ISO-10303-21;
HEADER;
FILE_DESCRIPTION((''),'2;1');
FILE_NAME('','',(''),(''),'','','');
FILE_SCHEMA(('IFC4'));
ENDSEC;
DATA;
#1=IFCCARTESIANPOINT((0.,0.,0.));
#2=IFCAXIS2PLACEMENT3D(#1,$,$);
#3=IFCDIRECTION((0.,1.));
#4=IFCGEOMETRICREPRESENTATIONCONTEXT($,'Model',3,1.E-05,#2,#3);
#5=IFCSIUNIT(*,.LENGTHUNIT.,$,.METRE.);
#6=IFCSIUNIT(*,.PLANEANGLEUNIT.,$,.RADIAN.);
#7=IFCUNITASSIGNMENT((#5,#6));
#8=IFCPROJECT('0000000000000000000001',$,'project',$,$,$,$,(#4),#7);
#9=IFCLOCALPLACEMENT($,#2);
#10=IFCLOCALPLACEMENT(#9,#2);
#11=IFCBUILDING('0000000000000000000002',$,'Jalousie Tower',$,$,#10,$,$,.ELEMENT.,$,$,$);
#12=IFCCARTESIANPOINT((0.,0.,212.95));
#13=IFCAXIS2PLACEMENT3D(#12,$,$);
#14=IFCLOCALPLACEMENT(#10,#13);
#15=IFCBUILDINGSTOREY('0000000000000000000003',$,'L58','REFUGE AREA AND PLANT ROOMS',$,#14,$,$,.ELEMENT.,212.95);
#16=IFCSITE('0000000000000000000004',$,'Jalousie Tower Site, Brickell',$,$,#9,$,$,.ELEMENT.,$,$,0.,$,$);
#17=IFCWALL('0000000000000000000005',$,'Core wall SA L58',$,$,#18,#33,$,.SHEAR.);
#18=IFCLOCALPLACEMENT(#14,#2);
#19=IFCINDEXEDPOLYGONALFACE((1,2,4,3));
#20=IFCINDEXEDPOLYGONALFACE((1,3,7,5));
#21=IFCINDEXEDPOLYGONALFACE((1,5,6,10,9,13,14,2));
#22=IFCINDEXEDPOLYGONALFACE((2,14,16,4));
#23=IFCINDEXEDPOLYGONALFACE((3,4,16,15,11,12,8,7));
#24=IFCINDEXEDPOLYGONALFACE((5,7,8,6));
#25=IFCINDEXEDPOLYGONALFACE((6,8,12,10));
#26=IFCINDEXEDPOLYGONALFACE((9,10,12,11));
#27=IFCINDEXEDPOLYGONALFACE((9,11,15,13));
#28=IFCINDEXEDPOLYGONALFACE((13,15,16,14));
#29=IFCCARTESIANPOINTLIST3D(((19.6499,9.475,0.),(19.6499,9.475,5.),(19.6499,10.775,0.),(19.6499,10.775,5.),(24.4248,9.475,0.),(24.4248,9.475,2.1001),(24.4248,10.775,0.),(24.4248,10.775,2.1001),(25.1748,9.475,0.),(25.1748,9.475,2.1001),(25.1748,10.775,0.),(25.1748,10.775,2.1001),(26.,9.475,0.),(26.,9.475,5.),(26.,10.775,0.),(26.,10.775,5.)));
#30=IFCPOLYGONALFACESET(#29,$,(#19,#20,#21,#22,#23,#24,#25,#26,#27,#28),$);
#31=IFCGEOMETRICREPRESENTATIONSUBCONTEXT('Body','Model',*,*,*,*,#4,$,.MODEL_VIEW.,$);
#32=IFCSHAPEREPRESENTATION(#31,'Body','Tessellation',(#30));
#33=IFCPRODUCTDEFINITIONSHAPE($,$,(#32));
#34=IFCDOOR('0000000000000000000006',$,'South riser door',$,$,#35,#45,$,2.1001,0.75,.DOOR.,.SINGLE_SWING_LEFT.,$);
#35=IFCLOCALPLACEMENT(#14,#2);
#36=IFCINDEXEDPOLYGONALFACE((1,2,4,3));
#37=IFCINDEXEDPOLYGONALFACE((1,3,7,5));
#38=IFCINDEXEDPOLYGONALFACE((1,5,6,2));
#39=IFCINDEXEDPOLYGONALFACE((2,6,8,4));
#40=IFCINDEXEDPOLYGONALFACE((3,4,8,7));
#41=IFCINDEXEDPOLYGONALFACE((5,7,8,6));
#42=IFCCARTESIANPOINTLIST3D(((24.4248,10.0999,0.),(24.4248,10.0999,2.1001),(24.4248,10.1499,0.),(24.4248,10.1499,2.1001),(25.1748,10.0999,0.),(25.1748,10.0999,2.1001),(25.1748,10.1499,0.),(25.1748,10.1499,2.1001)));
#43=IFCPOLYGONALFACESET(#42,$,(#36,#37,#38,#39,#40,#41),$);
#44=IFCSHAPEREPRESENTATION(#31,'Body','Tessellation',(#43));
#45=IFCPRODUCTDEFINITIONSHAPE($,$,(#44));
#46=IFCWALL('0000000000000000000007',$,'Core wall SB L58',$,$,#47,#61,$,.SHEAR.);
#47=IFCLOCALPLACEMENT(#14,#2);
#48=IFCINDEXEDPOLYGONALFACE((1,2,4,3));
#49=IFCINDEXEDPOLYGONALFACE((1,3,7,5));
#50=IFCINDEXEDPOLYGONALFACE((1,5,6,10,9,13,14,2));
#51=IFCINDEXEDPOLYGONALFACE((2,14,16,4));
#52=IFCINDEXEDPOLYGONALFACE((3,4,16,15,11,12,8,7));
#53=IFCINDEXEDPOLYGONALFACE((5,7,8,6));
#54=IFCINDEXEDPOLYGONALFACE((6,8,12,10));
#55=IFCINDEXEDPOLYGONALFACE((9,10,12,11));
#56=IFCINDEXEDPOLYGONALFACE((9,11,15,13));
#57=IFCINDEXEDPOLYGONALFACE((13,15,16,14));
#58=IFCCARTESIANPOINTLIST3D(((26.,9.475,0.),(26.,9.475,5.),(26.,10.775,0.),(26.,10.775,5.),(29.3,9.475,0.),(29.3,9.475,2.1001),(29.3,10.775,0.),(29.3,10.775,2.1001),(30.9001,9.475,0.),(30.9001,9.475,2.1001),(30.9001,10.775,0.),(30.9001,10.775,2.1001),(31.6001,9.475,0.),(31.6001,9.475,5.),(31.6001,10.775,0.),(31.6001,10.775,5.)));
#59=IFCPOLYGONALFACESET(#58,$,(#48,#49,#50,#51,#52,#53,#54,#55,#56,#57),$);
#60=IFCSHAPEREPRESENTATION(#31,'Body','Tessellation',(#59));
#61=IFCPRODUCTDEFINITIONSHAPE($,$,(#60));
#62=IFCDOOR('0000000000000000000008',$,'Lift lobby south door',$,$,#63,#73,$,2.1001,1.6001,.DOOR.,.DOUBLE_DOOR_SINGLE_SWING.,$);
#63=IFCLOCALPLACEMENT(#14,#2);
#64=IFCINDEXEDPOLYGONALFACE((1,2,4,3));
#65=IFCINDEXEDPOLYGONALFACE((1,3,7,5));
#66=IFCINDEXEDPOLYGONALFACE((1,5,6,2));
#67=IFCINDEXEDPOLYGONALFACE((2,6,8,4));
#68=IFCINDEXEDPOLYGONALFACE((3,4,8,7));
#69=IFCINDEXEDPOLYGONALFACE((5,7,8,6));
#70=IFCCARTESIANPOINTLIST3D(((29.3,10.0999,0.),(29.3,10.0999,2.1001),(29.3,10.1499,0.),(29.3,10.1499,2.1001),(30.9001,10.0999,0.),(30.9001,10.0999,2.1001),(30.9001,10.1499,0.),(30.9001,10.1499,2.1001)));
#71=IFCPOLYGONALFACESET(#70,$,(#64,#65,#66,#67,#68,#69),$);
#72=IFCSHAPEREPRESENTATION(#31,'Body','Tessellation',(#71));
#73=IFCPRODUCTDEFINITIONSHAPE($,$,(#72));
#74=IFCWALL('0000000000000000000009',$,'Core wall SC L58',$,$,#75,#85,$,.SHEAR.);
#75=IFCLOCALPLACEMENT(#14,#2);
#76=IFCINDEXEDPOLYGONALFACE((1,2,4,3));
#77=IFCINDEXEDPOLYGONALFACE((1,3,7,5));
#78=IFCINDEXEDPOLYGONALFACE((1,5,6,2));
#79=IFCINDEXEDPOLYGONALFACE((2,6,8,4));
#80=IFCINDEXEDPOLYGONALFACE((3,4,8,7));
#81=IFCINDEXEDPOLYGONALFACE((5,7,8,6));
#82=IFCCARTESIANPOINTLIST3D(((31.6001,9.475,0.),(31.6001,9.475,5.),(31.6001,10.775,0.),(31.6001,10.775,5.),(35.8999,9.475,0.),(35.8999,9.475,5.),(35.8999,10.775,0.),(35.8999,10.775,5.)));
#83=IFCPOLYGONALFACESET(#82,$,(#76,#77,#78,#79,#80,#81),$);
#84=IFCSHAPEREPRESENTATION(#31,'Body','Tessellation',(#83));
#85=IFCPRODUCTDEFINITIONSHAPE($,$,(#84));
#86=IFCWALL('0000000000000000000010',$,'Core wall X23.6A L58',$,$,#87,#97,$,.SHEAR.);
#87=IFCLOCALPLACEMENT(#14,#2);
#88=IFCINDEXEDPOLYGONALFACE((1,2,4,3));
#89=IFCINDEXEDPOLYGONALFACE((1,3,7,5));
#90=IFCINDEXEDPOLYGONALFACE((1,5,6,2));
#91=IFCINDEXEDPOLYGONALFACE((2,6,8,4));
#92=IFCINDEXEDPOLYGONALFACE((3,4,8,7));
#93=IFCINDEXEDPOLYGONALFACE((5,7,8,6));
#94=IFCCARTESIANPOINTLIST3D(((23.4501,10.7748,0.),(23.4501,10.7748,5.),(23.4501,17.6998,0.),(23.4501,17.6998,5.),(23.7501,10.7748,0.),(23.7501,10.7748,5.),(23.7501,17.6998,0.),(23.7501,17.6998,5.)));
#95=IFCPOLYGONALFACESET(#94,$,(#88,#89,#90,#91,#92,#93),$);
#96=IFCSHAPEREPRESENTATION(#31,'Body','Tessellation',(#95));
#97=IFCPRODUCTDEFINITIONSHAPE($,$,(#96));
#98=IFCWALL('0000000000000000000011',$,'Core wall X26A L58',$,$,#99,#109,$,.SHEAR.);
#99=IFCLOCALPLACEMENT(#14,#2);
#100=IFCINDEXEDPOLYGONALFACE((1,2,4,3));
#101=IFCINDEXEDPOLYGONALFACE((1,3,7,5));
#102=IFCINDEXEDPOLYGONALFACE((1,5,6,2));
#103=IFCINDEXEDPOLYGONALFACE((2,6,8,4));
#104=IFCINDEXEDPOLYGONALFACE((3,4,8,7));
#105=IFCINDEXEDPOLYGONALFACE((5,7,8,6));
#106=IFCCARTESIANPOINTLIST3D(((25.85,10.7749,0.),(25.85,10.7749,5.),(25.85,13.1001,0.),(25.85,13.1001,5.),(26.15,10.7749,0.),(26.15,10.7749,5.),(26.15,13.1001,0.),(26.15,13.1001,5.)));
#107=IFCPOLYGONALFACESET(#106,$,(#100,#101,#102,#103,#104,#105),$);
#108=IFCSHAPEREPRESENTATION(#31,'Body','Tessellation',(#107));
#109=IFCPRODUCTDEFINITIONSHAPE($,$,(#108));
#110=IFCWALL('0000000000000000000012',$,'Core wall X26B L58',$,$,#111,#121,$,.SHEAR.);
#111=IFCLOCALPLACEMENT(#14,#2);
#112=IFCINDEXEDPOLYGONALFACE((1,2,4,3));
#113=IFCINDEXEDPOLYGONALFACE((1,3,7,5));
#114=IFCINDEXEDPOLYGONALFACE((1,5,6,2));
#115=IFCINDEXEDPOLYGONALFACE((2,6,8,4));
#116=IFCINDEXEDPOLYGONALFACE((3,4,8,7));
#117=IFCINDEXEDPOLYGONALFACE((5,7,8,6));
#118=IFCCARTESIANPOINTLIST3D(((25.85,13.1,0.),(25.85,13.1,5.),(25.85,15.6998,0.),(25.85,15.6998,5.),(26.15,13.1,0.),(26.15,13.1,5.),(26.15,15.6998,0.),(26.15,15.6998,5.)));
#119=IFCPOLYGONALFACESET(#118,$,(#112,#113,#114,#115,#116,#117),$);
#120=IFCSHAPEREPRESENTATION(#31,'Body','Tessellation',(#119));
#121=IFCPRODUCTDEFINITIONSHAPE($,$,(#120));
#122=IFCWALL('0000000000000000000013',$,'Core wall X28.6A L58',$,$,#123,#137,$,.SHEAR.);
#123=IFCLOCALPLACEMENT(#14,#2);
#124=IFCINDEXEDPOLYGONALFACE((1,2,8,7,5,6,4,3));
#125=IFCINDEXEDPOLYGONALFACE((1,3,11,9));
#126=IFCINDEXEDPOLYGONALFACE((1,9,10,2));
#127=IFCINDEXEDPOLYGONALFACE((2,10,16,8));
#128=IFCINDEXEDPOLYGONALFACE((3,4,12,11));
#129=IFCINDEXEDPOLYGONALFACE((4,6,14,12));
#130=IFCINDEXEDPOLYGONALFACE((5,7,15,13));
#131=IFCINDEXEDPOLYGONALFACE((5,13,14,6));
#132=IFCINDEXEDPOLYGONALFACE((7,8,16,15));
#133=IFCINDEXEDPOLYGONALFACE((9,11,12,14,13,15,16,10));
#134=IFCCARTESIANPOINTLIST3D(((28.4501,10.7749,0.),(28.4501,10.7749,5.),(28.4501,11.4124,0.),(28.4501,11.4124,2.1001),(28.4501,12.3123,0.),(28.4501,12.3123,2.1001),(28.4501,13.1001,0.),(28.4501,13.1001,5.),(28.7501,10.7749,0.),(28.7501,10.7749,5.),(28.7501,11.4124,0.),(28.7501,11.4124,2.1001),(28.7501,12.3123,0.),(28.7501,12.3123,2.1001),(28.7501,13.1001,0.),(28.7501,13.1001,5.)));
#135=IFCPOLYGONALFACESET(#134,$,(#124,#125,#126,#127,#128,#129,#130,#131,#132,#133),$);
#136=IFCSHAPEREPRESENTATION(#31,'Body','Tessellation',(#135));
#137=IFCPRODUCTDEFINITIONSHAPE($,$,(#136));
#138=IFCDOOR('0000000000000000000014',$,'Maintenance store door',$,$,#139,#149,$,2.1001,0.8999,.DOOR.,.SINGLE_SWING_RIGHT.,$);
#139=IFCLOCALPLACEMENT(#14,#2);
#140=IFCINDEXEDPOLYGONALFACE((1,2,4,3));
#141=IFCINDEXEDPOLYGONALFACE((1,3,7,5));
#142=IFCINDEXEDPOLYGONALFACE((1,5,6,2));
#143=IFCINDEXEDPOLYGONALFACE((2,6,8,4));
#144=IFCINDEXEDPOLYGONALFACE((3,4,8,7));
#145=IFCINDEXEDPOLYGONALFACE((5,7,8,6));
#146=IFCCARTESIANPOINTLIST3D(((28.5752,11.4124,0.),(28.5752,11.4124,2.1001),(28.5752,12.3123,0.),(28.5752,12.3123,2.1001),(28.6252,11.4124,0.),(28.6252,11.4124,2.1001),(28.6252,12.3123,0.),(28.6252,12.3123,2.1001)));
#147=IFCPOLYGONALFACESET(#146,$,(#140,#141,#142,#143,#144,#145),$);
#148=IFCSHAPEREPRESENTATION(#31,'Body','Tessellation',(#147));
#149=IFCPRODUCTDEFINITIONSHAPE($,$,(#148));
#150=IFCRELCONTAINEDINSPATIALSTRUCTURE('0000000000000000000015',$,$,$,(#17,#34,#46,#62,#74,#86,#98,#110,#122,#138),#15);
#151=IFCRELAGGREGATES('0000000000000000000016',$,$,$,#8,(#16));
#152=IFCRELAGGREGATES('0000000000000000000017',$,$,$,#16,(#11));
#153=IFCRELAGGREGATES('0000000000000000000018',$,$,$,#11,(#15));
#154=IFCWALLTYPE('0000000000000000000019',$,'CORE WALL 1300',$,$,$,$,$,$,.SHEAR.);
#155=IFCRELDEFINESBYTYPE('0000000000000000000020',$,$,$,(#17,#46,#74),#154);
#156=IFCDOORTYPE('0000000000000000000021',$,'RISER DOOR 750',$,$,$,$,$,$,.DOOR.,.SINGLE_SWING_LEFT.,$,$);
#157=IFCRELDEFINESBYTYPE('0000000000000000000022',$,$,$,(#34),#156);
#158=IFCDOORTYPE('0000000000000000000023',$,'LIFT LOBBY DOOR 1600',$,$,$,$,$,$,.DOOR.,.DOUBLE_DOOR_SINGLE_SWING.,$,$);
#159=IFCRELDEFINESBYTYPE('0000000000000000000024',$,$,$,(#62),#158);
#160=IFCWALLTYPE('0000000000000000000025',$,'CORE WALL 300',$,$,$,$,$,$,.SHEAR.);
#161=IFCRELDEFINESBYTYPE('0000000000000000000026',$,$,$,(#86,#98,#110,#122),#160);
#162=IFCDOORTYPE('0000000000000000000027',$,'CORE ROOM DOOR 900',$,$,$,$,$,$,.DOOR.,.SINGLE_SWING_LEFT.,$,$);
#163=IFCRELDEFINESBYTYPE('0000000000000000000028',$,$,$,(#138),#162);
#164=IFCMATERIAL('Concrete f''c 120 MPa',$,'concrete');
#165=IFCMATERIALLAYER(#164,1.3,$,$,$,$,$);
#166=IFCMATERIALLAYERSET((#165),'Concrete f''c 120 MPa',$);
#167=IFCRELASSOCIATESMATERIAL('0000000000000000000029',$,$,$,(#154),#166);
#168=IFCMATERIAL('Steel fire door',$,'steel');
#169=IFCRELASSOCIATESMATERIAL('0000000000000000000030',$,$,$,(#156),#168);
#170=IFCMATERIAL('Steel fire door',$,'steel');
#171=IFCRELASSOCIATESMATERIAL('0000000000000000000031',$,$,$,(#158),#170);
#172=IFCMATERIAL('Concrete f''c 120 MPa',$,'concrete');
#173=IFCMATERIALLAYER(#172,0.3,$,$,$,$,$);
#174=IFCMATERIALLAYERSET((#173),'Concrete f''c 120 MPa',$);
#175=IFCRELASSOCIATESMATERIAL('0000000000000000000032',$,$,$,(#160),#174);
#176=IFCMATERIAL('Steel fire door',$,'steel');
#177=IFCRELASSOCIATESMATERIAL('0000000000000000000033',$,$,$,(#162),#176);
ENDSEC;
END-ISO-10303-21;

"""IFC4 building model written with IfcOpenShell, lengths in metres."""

from ifc_helpers import new_model, si_unit, direction, frame, frame_2d, origin, place, context, subcontext, project, spatial, rectangle, extrude, material, layer, layer_set, type_object, element, fill, save


model = new_model("IFC4")

# Units and contexts
model_context = context("Model", 3, precision=1e-05, world=origin(), true_north=direction((0.0, 1.0)))
body_context = subcontext(model_context, "Body", "Model", "MODEL_VIEW")
ifc_project = project(units=[si_unit("LENGTHUNIT", "METRE"), si_unit("PLANEANGLEUNIT", "RADIAN")], contexts=[model_context])

# Site, building, storey
site_placement = place(None, origin())
site = spatial("IfcSite", under=ifc_project, at=site_placement, Name="Jalousie Tower Site, Brickell", CompositionType="ELEMENT", RefElevation=0.0)
building_placement = place(site_placement, origin())
building = spatial("IfcBuilding", under=site, at=building_placement, Name="Jalousie Tower", CompositionType="ELEMENT")
storey_placement = place(building_placement, frame((0.0, 0.0, 212.95)))
storey = spatial("IfcBuildingStorey", under=building, at=storey_placement, Name="L58", Description="REFUGE AREA AND PLANT ROOMS", CompositionType="ELEMENT", Elevation=212.95)

# Walls, openings, doors
ifc_material_1 = material(Name="Concrete f'c 120 MPa", Category="concrete")
ifc_layer_1 = layer(ifc_material_1, 1.3)
ifc_layer_set_1 = layer_set([ifc_layer_1], Name="Concrete f'c 120 MPa")
wall_type_1 = type_object("IfcWallType", Name="CORE WALL 1300", PredefinedType="SHEAR", material=ifc_layer_set_1)
wall_1_placement = place(storey_placement, frame((19.6499, 10.125, 0.0), z_axis=(0.0, 0.0, 1.0), x_axis=(1.0, 0.0, 0.0)))
wall_1 = element("IfcWall", 1, at=wall_1_placement, inside=storey, type_object=wall_type_1, Name="Core wall SA L58", PredefinedType="SHEAR", context=body_context, shape_type="SweptSolid", body=[
    extrude(rectangle(XDim=6.3501, YDim=1.3, at=frame_2d((3.175, 0.0))), origin(), (0.0, 0.0, 1.0), 5.0),
])
opening_1_placement = place(wall_1_placement, frame((4.7749, 0.0, 0.0)))
opening_1 = element("IfcOpeningElement", 2, at=opening_1_placement, cuts=wall_1, PredefinedType="OPENING", context=body_context, shape_type="SweptSolid", body=[
    extrude(rectangle(XDim=0.75, YDim=2.1001, at=frame_2d((0.375, 1.05))), frame((0.0, 0.6599, 0.0), z_axis=(0.0, -1.0, 0.0), x_axis=(1.0, 0.0, 0.0)), (0.0, 0.0, 1.0), 1.3201),
])
ifc_material_2 = material(Name="Steel fire door", Category="steel")
door_type_1 = type_object("IfcDoorType", Name="RISER DOOR 750", OperationType="SINGLE_SWING_LEFT", PredefinedType="DOOR", material=ifc_material_2)
door_1_placement = place(opening_1_placement, origin())
door_1 = element("IfcDoor", 3, at=door_1_placement, inside=storey, type_object=door_type_1, Name="South riser door", OperationType="SINGLE_SWING_LEFT", OverallHeight=2.1001, OverallWidth=0.75, PredefinedType="DOOR", context=body_context, shape_type="SweptSolid", body=[
    extrude(rectangle(XDim=0.75, YDim=2.1001, at=frame_2d((0.375, 1.05))), frame((0.0, 0.0249, 0.0), z_axis=(0.0, -1.0, 0.0), x_axis=(1.0, 0.0, 0.0)), (0.0, 0.0, 1.0), 0.05),
])
fill(opening_1, door_1)
wall_2_placement = place(storey_placement, frame((26.0, 10.125, 0.0), z_axis=(0.0, 0.0, 1.0), x_axis=(1.0, 0.0, 0.0)))
wall_2 = element("IfcWall", 4, at=wall_2_placement, inside=storey, type_object=wall_type_1, Name="Core wall SB L58", PredefinedType="SHEAR", context=body_context, shape_type="SweptSolid", body=[
    extrude(rectangle(XDim=5.6001, YDim=1.3, at=frame_2d((2.8, 0.0))), origin(), (0.0, 0.0, 1.0), 5.0),
])
opening_2_placement = place(wall_2_placement, frame((3.3, 0.0, 0.0)))
opening_2 = element("IfcOpeningElement", 5, at=opening_2_placement, cuts=wall_2, PredefinedType="OPENING", context=body_context, shape_type="SweptSolid", body=[
    extrude(rectangle(XDim=1.6001, YDim=2.1001, at=frame_2d((0.8, 1.05))), frame((0.0, 0.6599, 0.0), z_axis=(0.0, -1.0, 0.0), x_axis=(1.0, 0.0, 0.0)), (0.0, 0.0, 1.0), 1.3201),
])
ifc_material_3 = material(Name="Steel fire door", Category="steel")
door_type_2 = type_object("IfcDoorType", Name="LIFT LOBBY DOOR 1600", OperationType="DOUBLE_DOOR_SINGLE_SWING", PredefinedType="DOOR", material=ifc_material_3)
door_2_placement = place(opening_2_placement, origin())
door_2 = element("IfcDoor", 6, at=door_2_placement, inside=storey, type_object=door_type_2, Name="Lift lobby south door", OperationType="DOUBLE_DOOR_SINGLE_SWING", OverallHeight=2.1001, OverallWidth=1.6001, PredefinedType="DOOR", context=body_context, shape_type="SweptSolid", body=[
    extrude(rectangle(XDim=1.6001, YDim=2.1001, at=frame_2d((0.8, 1.05))), frame((0.0, 0.0249, 0.0), z_axis=(0.0, -1.0, 0.0), x_axis=(1.0, 0.0, 0.0)), (0.0, 0.0, 1.0), 0.05),
])
fill(opening_2, door_2)

# Walls
wall_3_placement = place(storey_placement, frame((31.6001, 10.125, 0.0), z_axis=(0.0, 0.0, 1.0), x_axis=(1.0, 0.0, 0.0)))
element("IfcWall", 7, at=wall_3_placement, inside=storey, type_object=wall_type_1, Name="Core wall SC L58", PredefinedType="SHEAR", context=body_context, shape_type="SweptSolid", body=[
    extrude(rectangle(XDim=4.2998, YDim=1.3, at=frame_2d((2.1499, 0.0))), origin(), (0.0, 0.0, 1.0), 5.0),
])
ifc_material_4 = material(Name="Concrete f'c 120 MPa", Category="concrete")
ifc_layer_2 = layer(ifc_material_4, 0.3)
ifc_layer_set_2 = layer_set([ifc_layer_2], Name="Concrete f'c 120 MPa")
wall_type_2 = type_object("IfcWallType", Name="CORE WALL 300", PredefinedType="SHEAR", material=ifc_layer_set_2)
wall_4_placement = place(storey_placement, frame((23.6001, 10.7749, 0.0), z_axis=(0.0, 0.0, 1.0), x_axis=(0.0, 1.0, 0.0)))
element("IfcWall", 8, at=wall_4_placement, inside=storey, type_object=wall_type_2, Name="Core wall X23.6A L58", PredefinedType="SHEAR", context=body_context, shape_type="SweptSolid", body=[
    extrude(rectangle(XDim=6.925, YDim=0.3, at=frame_2d((3.4624, 0.0))), origin(), (0.0, 0.0, 1.0), 5.0),
])
wall_5_placement = place(storey_placement, frame((26.0, 10.7749, 0.0), z_axis=(0.0, 0.0, 1.0), x_axis=(0.0, 1.0, 0.0)))
element("IfcWall", 9, at=wall_5_placement, inside=storey, type_object=wall_type_2, Name="Core wall X26A L58", PredefinedType="SHEAR", context=body_context, shape_type="SweptSolid", body=[
    extrude(rectangle(XDim=2.3252, YDim=0.3, at=frame_2d((1.1626, 0.0))), origin(), (0.0, 0.0, 1.0), 5.0),
])
wall_6_placement = place(storey_placement, frame((26.0, 13.1001, 0.0), z_axis=(0.0, 0.0, 1.0), x_axis=(0.0, 1.0, 0.0)))
element("IfcWall", 10, at=wall_6_placement, inside=storey, type_object=wall_type_2, Name="Core wall X26B L58", PredefinedType="SHEAR", context=body_context, shape_type="SweptSolid", body=[
    extrude(rectangle(XDim=2.5999, YDim=0.3, at=frame_2d((1.2998, 0.0))), origin(), (0.0, 0.0, 1.0), 5.0),
])

# Wall, opening, door
wall_7_placement = place(storey_placement, frame((28.6001, 10.7749, 0.0), z_axis=(0.0, 0.0, 1.0), x_axis=(0.0, 1.0, 0.0)))
wall_7 = element("IfcWall", 11, at=wall_7_placement, inside=storey, type_object=wall_type_2, Name="Core wall X28.6A L58", PredefinedType="SHEAR", context=body_context, shape_type="SweptSolid", body=[
    extrude(rectangle(XDim=2.3252, YDim=0.3, at=frame_2d((1.1626, 0.0))), origin(), (0.0, 0.0, 1.0), 5.0),
])
opening_3_placement = place(wall_7_placement, frame((0.6375, 0.0, 0.0)))
opening_3 = element("IfcOpeningElement", 12, at=opening_3_placement, cuts=wall_7, PredefinedType="OPENING", context=body_context, shape_type="SweptSolid", body=[
    extrude(rectangle(XDim=0.8999, YDim=2.1001, at=frame_2d((0.45, 1.05))), frame((0.0, 0.1599, 0.0), z_axis=(0.0, -1.0, 0.0), x_axis=(1.0, 0.0, 0.0)), (0.0, 0.0, 1.0), 0.3201),
])
ifc_material_5 = material(Name="Steel fire door", Category="steel")
door_type_3 = type_object("IfcDoorType", Name="CORE ROOM DOOR 900", OperationType="SINGLE_SWING_LEFT", PredefinedType="DOOR", material=ifc_material_5)
door_3_placement = place(opening_3_placement, origin())
door_3 = element("IfcDoor", 13, at=door_3_placement, inside=storey, type_object=door_type_3, Name="Maintenance store door", OperationType="SINGLE_SWING_RIGHT", OverallHeight=2.1001, OverallWidth=0.8999, PredefinedType="DOOR", context=body_context, shape_type="SweptSolid", body=[
    extrude(rectangle(XDim=0.8999, YDim=2.1001, at=frame_2d((0.45, 1.05))), frame((0.0, 0.0249, 0.0), z_axis=(0.0, -1.0, 0.0), x_axis=(1.0, 0.0, 0.0)), (0.0, 0.0, 1.0), 0.05),
])
fill(opening_3, door_3)

save(model, "model.ifc")
